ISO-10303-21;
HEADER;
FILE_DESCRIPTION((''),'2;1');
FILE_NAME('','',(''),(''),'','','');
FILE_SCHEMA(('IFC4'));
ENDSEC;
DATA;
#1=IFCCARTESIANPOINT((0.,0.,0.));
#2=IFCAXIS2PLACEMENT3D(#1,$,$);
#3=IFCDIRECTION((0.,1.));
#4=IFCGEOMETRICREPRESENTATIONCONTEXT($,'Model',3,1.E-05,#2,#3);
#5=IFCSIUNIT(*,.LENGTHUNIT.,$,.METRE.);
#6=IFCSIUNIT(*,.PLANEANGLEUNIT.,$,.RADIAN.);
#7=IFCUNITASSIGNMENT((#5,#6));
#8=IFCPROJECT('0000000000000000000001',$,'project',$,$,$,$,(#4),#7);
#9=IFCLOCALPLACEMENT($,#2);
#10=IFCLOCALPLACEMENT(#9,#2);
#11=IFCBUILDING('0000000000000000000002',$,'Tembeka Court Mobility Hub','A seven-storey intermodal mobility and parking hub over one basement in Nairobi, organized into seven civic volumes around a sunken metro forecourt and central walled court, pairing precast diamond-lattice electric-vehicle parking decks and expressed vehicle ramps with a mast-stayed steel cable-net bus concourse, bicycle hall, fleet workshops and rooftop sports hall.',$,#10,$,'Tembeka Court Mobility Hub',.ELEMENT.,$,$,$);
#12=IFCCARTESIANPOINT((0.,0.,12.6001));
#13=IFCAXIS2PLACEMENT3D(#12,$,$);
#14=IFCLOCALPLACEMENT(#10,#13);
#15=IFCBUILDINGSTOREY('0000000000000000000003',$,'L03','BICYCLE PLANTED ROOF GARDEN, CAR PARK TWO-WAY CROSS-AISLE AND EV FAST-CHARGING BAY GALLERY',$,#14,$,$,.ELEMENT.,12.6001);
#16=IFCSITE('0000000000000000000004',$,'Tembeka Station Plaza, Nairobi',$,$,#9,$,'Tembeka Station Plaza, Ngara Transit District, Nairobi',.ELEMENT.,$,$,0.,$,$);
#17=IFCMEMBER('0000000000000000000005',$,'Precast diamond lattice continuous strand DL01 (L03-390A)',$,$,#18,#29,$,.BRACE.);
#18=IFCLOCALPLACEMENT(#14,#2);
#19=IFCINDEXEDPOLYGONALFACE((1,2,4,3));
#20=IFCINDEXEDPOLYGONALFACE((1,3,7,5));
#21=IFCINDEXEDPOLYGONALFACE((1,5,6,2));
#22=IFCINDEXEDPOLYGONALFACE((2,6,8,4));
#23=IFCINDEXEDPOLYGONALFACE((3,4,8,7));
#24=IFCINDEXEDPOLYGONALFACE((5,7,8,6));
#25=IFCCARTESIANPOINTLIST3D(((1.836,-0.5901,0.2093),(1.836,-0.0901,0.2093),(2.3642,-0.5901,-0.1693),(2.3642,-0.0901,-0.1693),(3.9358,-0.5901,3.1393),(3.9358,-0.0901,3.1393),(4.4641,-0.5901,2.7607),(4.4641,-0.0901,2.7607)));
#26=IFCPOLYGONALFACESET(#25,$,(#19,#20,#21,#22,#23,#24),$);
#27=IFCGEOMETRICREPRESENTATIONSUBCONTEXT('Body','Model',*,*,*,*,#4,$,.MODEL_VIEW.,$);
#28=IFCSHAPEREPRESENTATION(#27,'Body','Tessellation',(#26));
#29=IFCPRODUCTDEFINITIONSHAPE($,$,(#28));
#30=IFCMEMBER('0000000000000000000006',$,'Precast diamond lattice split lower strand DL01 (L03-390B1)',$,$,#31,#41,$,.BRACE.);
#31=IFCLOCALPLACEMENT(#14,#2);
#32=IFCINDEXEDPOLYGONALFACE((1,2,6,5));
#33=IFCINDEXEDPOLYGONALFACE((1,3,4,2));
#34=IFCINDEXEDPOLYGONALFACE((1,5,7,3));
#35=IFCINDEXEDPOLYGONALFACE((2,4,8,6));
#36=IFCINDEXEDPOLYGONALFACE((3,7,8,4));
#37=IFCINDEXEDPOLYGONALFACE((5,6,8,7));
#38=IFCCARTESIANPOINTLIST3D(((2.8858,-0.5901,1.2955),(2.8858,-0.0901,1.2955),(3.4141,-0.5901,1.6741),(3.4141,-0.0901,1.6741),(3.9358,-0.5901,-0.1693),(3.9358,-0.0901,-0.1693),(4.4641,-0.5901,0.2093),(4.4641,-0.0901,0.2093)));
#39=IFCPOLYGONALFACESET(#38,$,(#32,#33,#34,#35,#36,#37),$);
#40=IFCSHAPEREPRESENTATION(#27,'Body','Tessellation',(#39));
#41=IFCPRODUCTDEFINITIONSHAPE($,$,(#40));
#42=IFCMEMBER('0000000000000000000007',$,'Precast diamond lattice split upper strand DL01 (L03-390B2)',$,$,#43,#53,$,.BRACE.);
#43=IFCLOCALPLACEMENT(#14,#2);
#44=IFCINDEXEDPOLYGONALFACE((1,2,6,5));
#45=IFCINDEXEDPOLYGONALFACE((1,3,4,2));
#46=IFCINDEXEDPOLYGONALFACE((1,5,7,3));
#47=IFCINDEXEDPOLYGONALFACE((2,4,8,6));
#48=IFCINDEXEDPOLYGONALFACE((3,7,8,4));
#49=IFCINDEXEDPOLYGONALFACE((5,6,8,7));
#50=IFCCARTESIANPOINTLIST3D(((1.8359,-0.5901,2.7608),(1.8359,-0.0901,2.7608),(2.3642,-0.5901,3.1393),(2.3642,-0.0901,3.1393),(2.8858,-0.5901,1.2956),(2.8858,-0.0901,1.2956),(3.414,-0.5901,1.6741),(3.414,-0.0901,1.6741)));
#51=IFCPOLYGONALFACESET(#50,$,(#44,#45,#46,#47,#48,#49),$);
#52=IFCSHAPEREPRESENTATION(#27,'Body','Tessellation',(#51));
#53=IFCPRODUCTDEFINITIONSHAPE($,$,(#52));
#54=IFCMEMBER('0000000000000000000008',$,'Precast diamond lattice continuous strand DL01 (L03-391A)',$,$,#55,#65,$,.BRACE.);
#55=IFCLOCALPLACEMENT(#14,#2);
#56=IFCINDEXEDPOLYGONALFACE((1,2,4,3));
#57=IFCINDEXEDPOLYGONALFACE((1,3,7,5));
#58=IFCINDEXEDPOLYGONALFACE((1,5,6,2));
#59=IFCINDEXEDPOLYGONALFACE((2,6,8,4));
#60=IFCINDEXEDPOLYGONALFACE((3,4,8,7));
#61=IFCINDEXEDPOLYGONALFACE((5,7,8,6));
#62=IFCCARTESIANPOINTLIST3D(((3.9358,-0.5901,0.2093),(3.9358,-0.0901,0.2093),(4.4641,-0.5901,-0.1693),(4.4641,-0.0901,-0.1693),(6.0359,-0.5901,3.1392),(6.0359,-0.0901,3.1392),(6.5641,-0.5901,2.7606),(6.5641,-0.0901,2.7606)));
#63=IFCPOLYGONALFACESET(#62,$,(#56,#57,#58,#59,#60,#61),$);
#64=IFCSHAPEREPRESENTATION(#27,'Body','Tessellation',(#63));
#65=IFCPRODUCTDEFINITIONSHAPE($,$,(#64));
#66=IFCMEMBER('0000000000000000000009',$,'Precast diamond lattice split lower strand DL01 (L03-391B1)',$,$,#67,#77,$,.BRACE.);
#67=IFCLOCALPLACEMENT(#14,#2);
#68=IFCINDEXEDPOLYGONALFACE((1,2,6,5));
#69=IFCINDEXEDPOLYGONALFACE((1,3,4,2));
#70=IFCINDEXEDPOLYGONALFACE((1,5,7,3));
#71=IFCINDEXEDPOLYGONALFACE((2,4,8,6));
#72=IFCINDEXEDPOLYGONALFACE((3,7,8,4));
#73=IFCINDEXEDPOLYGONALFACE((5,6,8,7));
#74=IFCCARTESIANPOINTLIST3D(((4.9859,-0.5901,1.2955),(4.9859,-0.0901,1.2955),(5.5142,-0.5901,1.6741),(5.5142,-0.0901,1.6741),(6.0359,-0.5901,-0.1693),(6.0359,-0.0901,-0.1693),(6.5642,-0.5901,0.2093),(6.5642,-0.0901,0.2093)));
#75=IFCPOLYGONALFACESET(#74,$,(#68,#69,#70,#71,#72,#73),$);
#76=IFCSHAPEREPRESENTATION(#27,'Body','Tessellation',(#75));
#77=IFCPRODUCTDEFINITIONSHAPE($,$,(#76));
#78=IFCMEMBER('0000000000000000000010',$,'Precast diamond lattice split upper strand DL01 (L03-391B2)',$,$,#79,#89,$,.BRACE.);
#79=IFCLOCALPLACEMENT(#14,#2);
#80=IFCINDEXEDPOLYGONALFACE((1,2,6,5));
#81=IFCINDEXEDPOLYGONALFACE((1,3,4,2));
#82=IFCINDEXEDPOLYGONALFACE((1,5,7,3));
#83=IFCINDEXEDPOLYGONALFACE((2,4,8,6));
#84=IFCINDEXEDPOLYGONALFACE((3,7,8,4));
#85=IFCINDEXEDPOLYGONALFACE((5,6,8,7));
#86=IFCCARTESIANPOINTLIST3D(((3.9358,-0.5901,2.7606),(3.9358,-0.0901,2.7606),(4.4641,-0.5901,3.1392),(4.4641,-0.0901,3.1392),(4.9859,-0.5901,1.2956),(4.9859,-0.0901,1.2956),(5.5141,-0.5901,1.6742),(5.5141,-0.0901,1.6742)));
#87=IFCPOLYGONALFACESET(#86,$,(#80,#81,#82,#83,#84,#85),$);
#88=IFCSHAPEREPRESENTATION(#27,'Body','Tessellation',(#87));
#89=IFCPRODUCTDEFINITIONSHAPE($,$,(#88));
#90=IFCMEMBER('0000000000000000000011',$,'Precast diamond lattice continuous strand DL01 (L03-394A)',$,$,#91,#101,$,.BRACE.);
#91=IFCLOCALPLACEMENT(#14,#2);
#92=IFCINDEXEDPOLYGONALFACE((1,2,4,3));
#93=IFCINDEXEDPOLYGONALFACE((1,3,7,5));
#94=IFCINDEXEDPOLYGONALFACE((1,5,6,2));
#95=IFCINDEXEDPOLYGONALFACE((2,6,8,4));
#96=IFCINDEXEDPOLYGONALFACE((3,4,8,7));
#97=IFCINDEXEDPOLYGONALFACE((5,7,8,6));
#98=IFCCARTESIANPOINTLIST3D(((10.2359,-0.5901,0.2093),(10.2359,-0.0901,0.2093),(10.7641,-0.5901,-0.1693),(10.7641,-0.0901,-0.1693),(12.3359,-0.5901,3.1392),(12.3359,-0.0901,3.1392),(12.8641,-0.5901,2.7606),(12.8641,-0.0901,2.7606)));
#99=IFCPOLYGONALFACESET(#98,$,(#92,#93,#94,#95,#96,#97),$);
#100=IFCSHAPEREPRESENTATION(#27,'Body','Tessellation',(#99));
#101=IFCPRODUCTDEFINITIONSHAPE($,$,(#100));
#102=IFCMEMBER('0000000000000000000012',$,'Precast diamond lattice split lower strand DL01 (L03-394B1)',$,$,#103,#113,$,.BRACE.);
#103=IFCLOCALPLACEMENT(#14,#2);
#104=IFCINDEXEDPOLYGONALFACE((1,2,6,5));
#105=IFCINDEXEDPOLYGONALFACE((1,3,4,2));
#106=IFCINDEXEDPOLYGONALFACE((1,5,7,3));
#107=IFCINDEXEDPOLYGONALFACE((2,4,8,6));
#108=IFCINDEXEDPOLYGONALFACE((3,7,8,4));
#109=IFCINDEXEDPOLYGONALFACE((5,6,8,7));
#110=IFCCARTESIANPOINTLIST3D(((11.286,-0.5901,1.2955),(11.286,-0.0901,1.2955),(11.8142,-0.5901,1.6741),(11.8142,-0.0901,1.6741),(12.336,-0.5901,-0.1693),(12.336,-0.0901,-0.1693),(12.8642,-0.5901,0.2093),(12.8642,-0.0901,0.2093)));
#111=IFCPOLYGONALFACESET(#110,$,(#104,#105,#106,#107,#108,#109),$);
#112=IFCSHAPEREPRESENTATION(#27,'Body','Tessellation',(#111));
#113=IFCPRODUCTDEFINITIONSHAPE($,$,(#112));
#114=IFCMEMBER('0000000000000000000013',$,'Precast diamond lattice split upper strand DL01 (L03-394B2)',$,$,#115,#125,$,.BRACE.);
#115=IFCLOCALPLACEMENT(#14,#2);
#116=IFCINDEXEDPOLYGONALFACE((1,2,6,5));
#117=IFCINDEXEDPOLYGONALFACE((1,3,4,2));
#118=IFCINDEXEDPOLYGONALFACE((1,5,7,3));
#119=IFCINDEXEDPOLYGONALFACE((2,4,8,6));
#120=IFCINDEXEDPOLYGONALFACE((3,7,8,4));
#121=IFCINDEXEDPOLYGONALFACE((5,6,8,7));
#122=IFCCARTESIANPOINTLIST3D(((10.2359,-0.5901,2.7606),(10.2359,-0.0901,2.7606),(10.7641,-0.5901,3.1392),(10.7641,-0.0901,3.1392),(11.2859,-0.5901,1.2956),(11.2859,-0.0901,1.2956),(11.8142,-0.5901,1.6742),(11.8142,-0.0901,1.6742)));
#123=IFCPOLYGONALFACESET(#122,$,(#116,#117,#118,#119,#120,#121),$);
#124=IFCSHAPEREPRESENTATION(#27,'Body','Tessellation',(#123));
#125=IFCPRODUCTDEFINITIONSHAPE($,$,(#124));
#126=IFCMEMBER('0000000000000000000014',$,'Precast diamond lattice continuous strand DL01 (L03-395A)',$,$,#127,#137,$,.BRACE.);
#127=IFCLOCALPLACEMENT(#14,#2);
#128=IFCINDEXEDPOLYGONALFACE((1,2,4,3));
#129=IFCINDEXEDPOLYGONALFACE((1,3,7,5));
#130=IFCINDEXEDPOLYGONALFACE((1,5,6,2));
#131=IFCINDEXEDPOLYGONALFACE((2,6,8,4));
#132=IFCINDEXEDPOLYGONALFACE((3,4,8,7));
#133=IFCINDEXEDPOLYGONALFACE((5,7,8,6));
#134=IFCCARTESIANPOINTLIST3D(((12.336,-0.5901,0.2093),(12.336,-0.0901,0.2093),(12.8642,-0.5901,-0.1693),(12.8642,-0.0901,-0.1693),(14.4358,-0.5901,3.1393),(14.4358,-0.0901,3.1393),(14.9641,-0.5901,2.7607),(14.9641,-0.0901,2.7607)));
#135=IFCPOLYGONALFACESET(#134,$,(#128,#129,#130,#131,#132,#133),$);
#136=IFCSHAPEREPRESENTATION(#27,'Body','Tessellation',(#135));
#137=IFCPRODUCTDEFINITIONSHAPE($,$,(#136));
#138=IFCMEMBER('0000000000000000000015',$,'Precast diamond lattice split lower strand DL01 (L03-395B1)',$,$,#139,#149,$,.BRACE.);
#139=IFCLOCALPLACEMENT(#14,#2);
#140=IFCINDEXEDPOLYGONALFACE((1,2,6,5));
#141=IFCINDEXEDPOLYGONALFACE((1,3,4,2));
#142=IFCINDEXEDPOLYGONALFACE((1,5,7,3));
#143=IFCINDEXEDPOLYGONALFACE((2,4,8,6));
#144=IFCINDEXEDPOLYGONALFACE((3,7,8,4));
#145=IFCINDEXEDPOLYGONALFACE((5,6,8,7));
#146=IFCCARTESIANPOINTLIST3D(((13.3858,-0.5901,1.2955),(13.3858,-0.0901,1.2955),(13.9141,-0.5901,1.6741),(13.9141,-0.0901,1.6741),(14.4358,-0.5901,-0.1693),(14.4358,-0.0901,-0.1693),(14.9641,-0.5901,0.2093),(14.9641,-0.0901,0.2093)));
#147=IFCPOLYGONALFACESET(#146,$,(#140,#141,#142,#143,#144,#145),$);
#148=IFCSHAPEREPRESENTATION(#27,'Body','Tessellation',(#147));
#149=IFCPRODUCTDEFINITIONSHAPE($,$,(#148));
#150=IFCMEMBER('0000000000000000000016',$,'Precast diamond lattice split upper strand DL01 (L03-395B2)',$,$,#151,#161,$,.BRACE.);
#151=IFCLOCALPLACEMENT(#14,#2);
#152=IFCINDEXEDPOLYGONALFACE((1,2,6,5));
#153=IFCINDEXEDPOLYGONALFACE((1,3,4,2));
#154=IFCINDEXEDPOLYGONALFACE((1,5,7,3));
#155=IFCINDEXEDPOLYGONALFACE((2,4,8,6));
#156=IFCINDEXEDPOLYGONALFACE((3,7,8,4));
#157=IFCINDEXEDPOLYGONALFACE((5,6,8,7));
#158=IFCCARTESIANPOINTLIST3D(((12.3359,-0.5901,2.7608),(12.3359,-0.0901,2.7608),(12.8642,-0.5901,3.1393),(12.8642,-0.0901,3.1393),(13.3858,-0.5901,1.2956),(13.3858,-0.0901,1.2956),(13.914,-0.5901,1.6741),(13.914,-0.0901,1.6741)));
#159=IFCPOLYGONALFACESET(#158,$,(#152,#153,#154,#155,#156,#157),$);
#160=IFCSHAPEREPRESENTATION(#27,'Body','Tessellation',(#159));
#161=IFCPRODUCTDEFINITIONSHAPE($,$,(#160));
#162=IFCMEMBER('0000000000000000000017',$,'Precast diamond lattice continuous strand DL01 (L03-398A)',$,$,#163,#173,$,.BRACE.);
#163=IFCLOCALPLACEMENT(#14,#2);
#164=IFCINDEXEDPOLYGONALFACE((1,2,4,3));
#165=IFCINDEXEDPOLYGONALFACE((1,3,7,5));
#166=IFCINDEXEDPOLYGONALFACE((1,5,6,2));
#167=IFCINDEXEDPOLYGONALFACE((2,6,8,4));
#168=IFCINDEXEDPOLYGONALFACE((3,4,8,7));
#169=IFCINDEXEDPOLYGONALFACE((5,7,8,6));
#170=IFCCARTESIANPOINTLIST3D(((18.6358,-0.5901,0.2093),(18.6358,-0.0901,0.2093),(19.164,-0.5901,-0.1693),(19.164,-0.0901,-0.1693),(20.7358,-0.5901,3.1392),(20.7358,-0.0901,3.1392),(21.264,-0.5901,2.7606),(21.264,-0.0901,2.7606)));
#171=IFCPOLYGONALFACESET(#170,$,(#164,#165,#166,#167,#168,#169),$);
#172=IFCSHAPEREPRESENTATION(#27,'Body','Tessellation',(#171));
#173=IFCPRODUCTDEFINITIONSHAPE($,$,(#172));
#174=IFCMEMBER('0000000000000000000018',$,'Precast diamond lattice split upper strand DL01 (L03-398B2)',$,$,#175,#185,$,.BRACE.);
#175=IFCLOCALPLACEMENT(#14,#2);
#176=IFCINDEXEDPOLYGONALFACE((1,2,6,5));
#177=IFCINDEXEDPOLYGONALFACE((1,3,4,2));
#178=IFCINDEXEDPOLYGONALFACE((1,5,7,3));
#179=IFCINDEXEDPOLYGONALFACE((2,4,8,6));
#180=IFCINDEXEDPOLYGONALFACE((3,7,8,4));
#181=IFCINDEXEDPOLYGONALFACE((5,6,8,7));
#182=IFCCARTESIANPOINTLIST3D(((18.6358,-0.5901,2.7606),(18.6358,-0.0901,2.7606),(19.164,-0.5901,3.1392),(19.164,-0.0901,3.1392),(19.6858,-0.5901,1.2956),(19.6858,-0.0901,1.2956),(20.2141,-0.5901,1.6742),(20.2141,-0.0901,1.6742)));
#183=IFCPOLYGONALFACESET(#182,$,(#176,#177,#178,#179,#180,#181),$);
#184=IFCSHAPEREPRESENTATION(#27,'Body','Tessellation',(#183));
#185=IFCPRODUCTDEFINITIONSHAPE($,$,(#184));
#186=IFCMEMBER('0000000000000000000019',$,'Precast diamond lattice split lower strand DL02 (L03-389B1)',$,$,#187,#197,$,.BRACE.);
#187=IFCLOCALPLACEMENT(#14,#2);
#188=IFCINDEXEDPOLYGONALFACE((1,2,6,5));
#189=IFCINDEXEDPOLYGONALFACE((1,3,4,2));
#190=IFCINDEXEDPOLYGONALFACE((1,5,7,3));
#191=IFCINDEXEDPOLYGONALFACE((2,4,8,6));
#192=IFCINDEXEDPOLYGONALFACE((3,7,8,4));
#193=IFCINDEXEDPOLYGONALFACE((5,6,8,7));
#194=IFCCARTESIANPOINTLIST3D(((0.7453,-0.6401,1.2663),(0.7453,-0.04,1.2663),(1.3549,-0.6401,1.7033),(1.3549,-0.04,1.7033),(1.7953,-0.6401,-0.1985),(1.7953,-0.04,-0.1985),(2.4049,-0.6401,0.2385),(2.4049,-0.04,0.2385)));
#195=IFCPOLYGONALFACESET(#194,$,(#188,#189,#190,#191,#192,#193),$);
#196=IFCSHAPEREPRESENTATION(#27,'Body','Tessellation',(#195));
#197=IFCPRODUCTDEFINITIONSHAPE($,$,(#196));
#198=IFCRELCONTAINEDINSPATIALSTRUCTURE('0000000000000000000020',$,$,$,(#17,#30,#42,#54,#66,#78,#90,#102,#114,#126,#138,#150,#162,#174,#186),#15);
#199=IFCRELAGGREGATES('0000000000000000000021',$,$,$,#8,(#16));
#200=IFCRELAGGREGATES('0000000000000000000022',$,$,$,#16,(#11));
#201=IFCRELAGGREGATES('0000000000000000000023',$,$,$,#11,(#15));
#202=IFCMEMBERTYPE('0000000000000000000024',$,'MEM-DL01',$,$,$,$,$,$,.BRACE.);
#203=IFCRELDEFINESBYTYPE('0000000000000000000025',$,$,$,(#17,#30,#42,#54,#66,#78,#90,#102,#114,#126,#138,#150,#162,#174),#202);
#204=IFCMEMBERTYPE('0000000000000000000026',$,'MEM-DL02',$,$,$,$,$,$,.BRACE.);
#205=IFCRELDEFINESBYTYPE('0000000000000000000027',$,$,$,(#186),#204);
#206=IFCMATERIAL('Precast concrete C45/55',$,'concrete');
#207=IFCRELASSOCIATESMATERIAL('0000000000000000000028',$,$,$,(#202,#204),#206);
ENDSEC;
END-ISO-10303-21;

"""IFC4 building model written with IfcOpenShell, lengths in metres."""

from ifc_helpers import new_model, si_unit, direction, frame, origin, origin_2d, place, context, subcontext, project, spatial, rectangle, extrude, material, material_profile, profile_set, type_object, element, save


model = new_model("IFC4")

# Units and contexts
model_context = context("Model", 3, precision=1e-05, world=origin(), true_north=direction((0.0, 1.0)))
body_context = subcontext(model_context, "Body", "Model", "MODEL_VIEW")
ifc_project = project(units=[si_unit("LENGTHUNIT", "METRE"), si_unit("PLANEANGLEUNIT", "RADIAN")], contexts=[model_context])

# Site, building, storey
site_placement = place(None, origin())
site = spatial("IfcSite", under=ifc_project, at=site_placement, Name="Tembeka Station Plaza, Nairobi", LongName="Tembeka Station Plaza, Ngara Transit District, Nairobi", CompositionType="ELEMENT", RefElevation=0.0)
building_placement = place(site_placement, origin())
building = spatial("IfcBuilding", under=site, at=building_placement, Name="Tembeka Court Mobility Hub", Description="A seven-storey intermodal mobility and parking hub over one basement in Nairobi, organized into seven civic volumes around a sunken metro forecourt and central walled court, pairing precast diamond-lattice electric-vehicle parking decks and expressed vehicle ramps with a mast-stayed steel cable-net bus concourse, bicycle hall, fleet workshops and rooftop sports hall.", LongName="Tembeka Court Mobility Hub", CompositionType="ELEMENT")
storey_placement = place(building_placement, frame((0.0, 0.0, 12.6001)))
storey = spatial("IfcBuildingStorey", under=building, at=storey_placement, Name="L03", Description="BICYCLE PLANTED ROOF GARDEN, CAR PARK TWO-WAY CROSS-AISLE AND EV FAST-CHARGING BAY GALLERY", CompositionType="ELEMENT", Elevation=12.6001)

# Members
ifc_material = material(Name="Precast concrete C45/55", Category="concrete")
ifc_material_profile_1 = material_profile(ifc_material, rectangle(XDim=0.5, YDim=0.6499, at=origin_2d()), Name="PC-DIAG 500x650")
ifc_profile_set_1 = profile_set([ifc_material_profile_1], Name="Precast concrete C45/55")
member_type_1 = type_object("IfcMemberType", Name="MEM-DL01", PredefinedType="BRACE", material=ifc_profile_set_1)
member_1_placement = place(storey_placement, frame((2.1001, -0.3401, 0.02), z_axis=(0.582532, 0.0, 0.812808), x_axis=(0.0, 1.0, 0.0)))
element("IfcMember", 1, at=member_1_placement, inside=storey, type_object=member_type_1, Name="Precast diamond lattice continuous strand DL01 (L03-390A)", PredefinedType="BRACE", context=body_context, shape_type="SweptSolid", body=[
    extrude(rectangle(XDim=0.5, YDim=0.6499, at=origin_2d()), origin(), (0.0, 0.0, 1.0), 3.6047),
])
member_2_placement = place(storey_placement, frame((4.2, -0.3401, 0.02), z_axis=(-0.582608, 0.0, 0.812753), x_axis=(0.0, -1.0, 0.0)))
element("IfcMember", 2, at=member_2_placement, inside=storey, type_object=member_type_1, Name="Precast diamond lattice split lower strand DL01 (L03-390B1)", PredefinedType="BRACE", context=body_context, shape_type="SweptSolid", body=[
    extrude(rectangle(XDim=0.5, YDim=0.6499, at=origin_2d()), origin(), (0.0, 0.0, 1.0), 1.8022),
])
member_3_placement = place(storey_placement, frame((3.1499, -0.3401, 1.4849), z_axis=(-0.582455, 0.0, 0.812863), x_axis=(0.0, -1.0, 0.0)))
element("IfcMember", 3, at=member_3_placement, inside=storey, type_object=member_type_1, Name="Precast diamond lattice split upper strand DL01 (L03-390B2)", PredefinedType="BRACE", context=body_context, shape_type="SweptSolid", body=[
    extrude(rectangle(XDim=0.5, YDim=0.6499, at=origin_2d()), origin(), (0.0, 0.0, 1.0), 1.8025),
])
member_4_placement = place(storey_placement, frame((4.2, -0.3401, 0.02), z_axis=(0.582576, 0.0, 0.812776), x_axis=(0.0, 1.0, 0.0)))
element("IfcMember", 4, at=member_4_placement, inside=storey, type_object=member_type_1, Name="Precast diamond lattice continuous strand DL01 (L03-391A)", PredefinedType="BRACE", context=body_context, shape_type="SweptSolid", body=[
    extrude(rectangle(XDim=0.5, YDim=0.6499, at=origin_2d()), origin(), (0.0, 0.0, 1.0), 3.6047),
])
member_5_placement = place(storey_placement, frame((6.3, -0.3401, 0.02), z_axis=(-0.582608, 0.0, 0.812753), x_axis=(0.0, -1.0, 0.0)))
element("IfcMember", 5, at=member_5_placement, inside=storey, type_object=member_type_1, Name="Precast diamond lattice split lower strand DL01 (L03-391B1)", PredefinedType="BRACE", context=body_context, shape_type="SweptSolid", body=[
    extrude(rectangle(XDim=0.5, YDim=0.6499, at=origin_2d()), origin(), (0.0, 0.0, 1.0), 1.8022),
])
member_6_placement = place(storey_placement, frame((5.25, -0.3401, 1.4849), z_axis=(-0.582544, 0.0, 0.812799), x_axis=(0.0, -1.0, 0.0)))
element("IfcMember", 6, at=member_6_placement, inside=storey, type_object=member_type_1, Name="Precast diamond lattice split upper strand DL01 (L03-391B2)", PredefinedType="BRACE", context=body_context, shape_type="SweptSolid", body=[
    extrude(rectangle(XDim=0.5, YDim=0.6499, at=origin_2d()), origin(), (0.0, 0.0, 1.0), 1.8025),
])
member_7_placement = place(storey_placement, frame((10.5, -0.3401, 0.02), z_axis=(0.582576, 0.0, 0.812776), x_axis=(0.0, 1.0, 0.0)))
element("IfcMember", 7, at=member_7_placement, inside=storey, type_object=member_type_1, Name="Precast diamond lattice continuous strand DL01 (L03-394A)", PredefinedType="BRACE", context=body_context, shape_type="SweptSolid", body=[
    extrude(rectangle(XDim=0.5, YDim=0.6499, at=origin_2d()), origin(), (0.0, 0.0, 1.0), 3.6047),
])
member_8_placement = place(storey_placement, frame((12.6001, -0.3401, 0.02), z_axis=(-0.582608, 0.0, 0.812753), x_axis=(0.0, -1.0, 0.0)))
element("IfcMember", 8, at=member_8_placement, inside=storey, type_object=member_type_1, Name="Precast diamond lattice split lower strand DL01 (L03-394B1)", PredefinedType="BRACE", context=body_context, shape_type="SweptSolid", body=[
    extrude(rectangle(XDim=0.5, YDim=0.6499, at=origin_2d()), origin(), (0.0, 0.0, 1.0), 1.8022),
])
member_9_placement = place(storey_placement, frame((11.55, -0.3401, 1.4849), z_axis=(-0.582544, 0.0, 0.812799), x_axis=(0.0, -1.0, 0.0)))
element("IfcMember", 9, at=member_9_placement, inside=storey, type_object=member_type_1, Name="Precast diamond lattice split upper strand DL01 (L03-394B2)", PredefinedType="BRACE", context=body_context, shape_type="SweptSolid", body=[
    extrude(rectangle(XDim=0.5, YDim=0.6499, at=origin_2d()), origin(), (0.0, 0.0, 1.0), 1.8025),
])
member_10_placement = place(storey_placement, frame((12.6001, -0.3401, 0.02), z_axis=(0.582532, 0.0, 0.812808), x_axis=(0.0, 1.0, 0.0)))
element("IfcMember", 10, at=member_10_placement, inside=storey, type_object=member_type_1, Name="Precast diamond lattice continuous strand DL01 (L03-395A)", PredefinedType="BRACE", context=body_context, shape_type="SweptSolid", body=[
    extrude(rectangle(XDim=0.5, YDim=0.6499, at=origin_2d()), origin(), (0.0, 0.0, 1.0), 3.6047),
])
member_11_placement = place(storey_placement, frame((14.7, -0.3401, 0.02), z_axis=(-0.582608, 0.0, 0.812753), x_axis=(0.0, -1.0, 0.0)))
element("IfcMember", 11, at=member_11_placement, inside=storey, type_object=member_type_1, Name="Precast diamond lattice split lower strand DL01 (L03-395B1)", PredefinedType="BRACE", context=body_context, shape_type="SweptSolid", body=[
    extrude(rectangle(XDim=0.5, YDim=0.6499, at=origin_2d()), origin(), (0.0, 0.0, 1.0), 1.8022),
])
member_12_placement = place(storey_placement, frame((13.6499, -0.3401, 1.4849), z_axis=(-0.582455, 0.0, 0.812863), x_axis=(0.0, -1.0, 0.0)))
element("IfcMember", 12, at=member_12_placement, inside=storey, type_object=member_type_1, Name="Precast diamond lattice split upper strand DL01 (L03-395B2)", PredefinedType="BRACE", context=body_context, shape_type="SweptSolid", body=[
    extrude(rectangle(XDim=0.5, YDim=0.6499, at=origin_2d()), origin(), (0.0, 0.0, 1.0), 1.8025),
])
member_13_placement = place(storey_placement, frame((18.8999, -0.3401, 0.02), z_axis=(0.582576, 0.0, 0.812776), x_axis=(0.0, 1.0, 0.0)))
element("IfcMember", 13, at=member_13_placement, inside=storey, type_object=member_type_1, Name="Precast diamond lattice continuous strand DL01 (L03-398A)", PredefinedType="BRACE", context=body_context, shape_type="SweptSolid", body=[
    extrude(rectangle(XDim=0.5, YDim=0.6499, at=origin_2d()), origin(), (0.0, 0.0, 1.0), 3.6047),
])
member_14_placement = place(storey_placement, frame((19.95, -0.3401, 1.4849), z_axis=(-0.582544, 0.0, 0.812799), x_axis=(0.0, -1.0, 0.0)))
element("IfcMember", 14, at=member_14_placement, inside=storey, type_object=member_type_1, Name="Precast diamond lattice split upper strand DL01 (L03-398B2)", PredefinedType="BRACE", context=body_context, shape_type="SweptSolid", body=[
    extrude(rectangle(XDim=0.5, YDim=0.6499, at=origin_2d()), origin(), (0.0, 0.0, 1.0), 1.8025),
])
ifc_material_profile_2 = material_profile(ifc_material, rectangle(XDim=0.6001, YDim=0.75, at=origin_2d()), Name="PC-DIAG 600x750")
ifc_profile_set_2 = profile_set([ifc_material_profile_2], Name="Precast concrete C45/55")
member_type_2 = type_object("IfcMemberType", Name="MEM-DL02", PredefinedType="BRACE", material=ifc_profile_set_2)
member_15_placement = place(storey_placement, frame((2.1001, -0.3401, 0.02), z_axis=(-0.582608, 0.0, 0.812753), x_axis=(0.0, -1.0, 0.0)))
element("IfcMember", 15, at=member_15_placement, inside=storey, type_object=member_type_2, Name="Precast diamond lattice split lower strand DL02 (L03-389B1)", PredefinedType="BRACE", context=body_context, shape_type="SweptSolid", body=[
    extrude(rectangle(XDim=0.6001, YDim=0.75, at=origin_2d()), origin(), (0.0, 0.0, 1.0), 1.8022),
])

save(model, "model.ifc")
